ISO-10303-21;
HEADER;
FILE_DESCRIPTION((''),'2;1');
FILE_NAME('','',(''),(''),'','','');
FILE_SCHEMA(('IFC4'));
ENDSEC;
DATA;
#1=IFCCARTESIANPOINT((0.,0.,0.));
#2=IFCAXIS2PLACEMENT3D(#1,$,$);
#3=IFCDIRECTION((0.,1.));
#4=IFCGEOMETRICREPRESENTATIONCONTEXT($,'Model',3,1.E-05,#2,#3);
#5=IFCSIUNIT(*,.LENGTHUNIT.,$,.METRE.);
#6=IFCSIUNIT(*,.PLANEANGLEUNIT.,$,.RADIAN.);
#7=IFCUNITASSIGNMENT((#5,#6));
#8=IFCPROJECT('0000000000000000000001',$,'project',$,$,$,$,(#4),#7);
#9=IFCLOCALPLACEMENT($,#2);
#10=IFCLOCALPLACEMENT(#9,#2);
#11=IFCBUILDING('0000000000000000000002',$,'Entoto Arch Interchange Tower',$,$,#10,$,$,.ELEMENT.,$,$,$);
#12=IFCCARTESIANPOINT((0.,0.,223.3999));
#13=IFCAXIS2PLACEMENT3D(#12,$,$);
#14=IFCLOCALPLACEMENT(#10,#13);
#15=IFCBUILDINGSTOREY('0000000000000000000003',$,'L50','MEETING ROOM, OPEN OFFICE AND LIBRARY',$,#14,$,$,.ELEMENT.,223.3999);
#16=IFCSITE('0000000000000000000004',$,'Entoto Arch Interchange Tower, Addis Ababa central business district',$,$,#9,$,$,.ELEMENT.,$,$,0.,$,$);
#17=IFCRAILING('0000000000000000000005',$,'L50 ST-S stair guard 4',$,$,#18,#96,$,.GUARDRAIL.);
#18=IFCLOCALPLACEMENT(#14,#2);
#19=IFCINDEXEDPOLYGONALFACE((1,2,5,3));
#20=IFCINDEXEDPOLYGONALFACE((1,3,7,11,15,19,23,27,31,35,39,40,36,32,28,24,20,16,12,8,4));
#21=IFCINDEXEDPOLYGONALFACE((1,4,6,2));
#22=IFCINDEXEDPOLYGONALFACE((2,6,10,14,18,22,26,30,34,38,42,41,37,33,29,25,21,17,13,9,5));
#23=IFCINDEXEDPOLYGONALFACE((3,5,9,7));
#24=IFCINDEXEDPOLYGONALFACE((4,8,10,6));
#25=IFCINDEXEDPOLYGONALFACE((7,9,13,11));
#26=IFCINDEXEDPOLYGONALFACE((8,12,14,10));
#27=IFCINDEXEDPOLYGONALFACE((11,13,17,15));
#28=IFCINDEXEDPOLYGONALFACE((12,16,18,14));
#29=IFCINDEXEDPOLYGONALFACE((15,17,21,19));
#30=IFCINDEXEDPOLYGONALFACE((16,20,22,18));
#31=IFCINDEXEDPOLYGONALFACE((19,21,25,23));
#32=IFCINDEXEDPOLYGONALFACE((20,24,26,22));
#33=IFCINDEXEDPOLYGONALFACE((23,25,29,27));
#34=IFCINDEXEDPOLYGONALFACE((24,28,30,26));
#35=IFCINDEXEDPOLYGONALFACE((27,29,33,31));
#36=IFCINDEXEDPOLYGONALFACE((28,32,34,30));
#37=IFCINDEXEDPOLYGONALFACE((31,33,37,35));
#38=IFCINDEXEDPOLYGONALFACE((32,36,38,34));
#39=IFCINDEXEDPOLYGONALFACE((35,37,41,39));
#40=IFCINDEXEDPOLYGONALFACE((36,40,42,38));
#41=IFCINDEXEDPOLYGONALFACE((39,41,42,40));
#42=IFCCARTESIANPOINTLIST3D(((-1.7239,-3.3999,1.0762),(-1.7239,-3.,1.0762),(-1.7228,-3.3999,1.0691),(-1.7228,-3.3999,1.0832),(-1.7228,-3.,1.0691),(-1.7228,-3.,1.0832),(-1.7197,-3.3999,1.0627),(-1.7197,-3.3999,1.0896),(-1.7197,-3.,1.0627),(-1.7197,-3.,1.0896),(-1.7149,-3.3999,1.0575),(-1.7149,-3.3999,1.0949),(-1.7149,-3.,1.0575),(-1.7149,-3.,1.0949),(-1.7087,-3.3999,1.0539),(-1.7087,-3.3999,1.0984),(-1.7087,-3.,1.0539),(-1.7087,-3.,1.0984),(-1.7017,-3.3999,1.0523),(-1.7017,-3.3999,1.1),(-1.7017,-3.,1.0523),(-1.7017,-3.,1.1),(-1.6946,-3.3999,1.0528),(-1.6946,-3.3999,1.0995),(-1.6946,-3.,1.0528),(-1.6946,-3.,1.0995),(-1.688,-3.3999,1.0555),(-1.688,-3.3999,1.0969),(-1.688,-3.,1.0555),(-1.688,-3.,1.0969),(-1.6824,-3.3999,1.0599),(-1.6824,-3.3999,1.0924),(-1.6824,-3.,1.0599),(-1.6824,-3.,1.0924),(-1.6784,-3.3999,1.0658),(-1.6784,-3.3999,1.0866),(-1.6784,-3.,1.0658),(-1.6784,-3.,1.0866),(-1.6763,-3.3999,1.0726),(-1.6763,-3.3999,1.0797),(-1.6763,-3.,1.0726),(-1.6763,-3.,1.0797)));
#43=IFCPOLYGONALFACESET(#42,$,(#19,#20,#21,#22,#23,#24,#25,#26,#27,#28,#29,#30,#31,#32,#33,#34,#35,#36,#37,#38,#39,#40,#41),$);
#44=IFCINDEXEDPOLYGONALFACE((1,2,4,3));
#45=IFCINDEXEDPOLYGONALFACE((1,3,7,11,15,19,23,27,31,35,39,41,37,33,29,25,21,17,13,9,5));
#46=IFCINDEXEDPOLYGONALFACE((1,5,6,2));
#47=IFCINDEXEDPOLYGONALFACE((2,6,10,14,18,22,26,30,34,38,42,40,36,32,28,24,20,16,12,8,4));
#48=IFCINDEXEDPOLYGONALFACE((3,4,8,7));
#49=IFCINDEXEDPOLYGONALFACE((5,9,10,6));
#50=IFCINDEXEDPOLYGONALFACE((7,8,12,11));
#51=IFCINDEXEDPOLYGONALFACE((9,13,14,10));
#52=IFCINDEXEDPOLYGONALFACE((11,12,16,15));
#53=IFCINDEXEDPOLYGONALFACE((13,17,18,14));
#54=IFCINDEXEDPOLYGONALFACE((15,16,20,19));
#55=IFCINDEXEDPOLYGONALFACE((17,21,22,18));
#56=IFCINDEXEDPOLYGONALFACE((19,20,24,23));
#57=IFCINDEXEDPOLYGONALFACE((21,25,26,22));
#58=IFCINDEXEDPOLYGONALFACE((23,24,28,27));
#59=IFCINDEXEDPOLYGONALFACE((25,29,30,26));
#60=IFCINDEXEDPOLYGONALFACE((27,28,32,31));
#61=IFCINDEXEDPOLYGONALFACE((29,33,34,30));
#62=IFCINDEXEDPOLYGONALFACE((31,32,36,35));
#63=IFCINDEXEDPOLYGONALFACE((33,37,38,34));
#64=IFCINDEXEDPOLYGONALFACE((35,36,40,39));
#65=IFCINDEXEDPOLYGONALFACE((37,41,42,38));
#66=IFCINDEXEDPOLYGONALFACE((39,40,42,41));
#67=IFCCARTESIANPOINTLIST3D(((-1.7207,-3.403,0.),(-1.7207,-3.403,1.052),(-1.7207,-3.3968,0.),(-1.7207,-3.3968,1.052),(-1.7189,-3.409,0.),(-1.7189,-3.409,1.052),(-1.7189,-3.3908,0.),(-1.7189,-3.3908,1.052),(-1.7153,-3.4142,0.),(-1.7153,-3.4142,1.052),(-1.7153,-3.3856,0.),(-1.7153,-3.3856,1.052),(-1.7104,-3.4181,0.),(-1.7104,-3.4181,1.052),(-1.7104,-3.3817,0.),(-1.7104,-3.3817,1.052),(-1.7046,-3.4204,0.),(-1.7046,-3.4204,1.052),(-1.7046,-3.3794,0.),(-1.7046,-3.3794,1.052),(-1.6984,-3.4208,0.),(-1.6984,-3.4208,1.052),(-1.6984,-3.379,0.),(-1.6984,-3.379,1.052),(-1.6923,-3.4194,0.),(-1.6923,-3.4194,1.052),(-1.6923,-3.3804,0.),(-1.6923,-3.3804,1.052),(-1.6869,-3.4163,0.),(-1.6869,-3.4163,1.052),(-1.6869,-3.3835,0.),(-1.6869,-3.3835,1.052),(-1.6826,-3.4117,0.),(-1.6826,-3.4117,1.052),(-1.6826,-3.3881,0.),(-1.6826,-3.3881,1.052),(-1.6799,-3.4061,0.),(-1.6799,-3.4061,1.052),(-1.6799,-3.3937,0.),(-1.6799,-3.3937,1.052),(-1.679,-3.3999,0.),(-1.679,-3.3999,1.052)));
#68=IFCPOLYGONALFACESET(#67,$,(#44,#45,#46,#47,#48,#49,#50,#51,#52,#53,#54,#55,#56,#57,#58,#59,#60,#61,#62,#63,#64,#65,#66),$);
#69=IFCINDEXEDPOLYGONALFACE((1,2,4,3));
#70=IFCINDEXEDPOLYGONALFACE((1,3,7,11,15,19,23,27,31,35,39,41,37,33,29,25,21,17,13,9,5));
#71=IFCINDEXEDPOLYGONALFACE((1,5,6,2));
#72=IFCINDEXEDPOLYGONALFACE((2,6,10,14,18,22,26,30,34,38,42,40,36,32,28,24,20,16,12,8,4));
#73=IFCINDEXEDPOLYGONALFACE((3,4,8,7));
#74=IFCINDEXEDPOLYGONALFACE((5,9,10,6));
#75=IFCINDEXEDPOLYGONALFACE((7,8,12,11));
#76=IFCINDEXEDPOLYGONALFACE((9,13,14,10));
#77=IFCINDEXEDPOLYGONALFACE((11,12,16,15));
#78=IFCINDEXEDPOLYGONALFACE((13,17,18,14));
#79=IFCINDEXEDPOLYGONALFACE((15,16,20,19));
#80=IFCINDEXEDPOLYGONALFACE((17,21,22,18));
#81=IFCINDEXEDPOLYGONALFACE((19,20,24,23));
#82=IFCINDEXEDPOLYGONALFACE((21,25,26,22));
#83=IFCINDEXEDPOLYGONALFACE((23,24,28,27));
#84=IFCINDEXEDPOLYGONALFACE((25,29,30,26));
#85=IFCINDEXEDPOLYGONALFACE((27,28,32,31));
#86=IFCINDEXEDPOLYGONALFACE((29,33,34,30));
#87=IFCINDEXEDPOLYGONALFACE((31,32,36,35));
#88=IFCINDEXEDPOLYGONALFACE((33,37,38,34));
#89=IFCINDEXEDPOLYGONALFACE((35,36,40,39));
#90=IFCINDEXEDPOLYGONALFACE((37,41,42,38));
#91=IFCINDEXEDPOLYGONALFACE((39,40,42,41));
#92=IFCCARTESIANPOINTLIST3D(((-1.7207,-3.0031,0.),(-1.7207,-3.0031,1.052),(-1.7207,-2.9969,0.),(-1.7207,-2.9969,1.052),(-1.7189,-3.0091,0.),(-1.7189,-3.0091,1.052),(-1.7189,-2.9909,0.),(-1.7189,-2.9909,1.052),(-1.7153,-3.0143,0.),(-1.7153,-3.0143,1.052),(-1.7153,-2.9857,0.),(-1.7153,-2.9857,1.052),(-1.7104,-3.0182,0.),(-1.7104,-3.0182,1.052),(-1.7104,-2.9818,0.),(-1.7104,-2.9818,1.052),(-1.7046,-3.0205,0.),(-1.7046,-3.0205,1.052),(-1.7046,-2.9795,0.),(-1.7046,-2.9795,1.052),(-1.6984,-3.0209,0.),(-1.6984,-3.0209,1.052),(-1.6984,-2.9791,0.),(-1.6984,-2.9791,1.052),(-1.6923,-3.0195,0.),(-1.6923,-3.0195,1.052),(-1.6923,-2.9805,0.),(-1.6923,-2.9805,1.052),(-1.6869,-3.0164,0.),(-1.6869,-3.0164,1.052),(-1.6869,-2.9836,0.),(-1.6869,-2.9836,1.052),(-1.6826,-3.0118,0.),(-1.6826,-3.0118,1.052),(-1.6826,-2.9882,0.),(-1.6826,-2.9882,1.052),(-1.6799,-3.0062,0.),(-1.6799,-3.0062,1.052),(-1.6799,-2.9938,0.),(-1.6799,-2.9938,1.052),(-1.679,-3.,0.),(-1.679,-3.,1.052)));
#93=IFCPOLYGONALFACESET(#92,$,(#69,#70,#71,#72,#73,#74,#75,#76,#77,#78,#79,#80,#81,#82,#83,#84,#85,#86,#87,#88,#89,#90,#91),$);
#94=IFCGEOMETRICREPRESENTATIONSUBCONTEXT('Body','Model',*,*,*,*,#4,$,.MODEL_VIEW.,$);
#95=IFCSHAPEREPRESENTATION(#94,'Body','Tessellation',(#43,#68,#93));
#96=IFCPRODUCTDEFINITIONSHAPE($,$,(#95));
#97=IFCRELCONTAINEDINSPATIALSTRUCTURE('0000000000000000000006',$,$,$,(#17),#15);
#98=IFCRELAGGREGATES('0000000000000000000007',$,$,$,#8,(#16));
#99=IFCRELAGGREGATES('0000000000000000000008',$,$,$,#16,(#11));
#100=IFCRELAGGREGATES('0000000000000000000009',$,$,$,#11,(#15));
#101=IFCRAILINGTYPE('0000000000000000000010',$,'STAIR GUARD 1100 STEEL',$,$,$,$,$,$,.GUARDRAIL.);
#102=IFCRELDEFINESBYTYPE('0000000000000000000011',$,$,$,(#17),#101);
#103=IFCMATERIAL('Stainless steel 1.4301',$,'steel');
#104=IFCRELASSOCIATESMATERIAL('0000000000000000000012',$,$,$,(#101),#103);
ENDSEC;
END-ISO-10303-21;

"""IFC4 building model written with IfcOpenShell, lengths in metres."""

from ifc_helpers import new_model, si_unit, direction, frame, origin, origin_2d, place, context, subcontext, project, spatial, circle, extrude, material, type_object, element, save


model = new_model("IFC4")

# Units and contexts
model_context = context("Model", 3, precision=1e-05, world=origin(), true_north=direction((0.0, 1.0)))
body_context = subcontext(model_context, "Body", "Model", "MODEL_VIEW")
ifc_project = project(units=[si_unit("LENGTHUNIT", "METRE"), si_unit("PLANEANGLEUNIT", "RADIAN")], contexts=[model_context])

# Site, building, storey
site_placement = place(None, origin())
site = spatial("IfcSite", under=ifc_project, at=site_placement, Name="Entoto Arch Interchange Tower, Addis Ababa central business district", CompositionType="ELEMENT", RefElevation=0.0)
building_placement = place(site_placement, origin())
building = spatial("IfcBuilding", under=site, at=building_placement, Name="Entoto Arch Interchange Tower", CompositionType="ELEMENT")
storey_placement = place(building_placement, frame((0.0, 0.0, 223.3999)))
storey = spatial("IfcBuildingStorey", under=building, at=storey_placement, Name="L50", Description="MEETING ROOM, OPEN OFFICE AND LIBRARY", CompositionType="ELEMENT", Elevation=223.3999)

# Railing
ifc_material_1 = material(Name="Stainless steel 1.4301", Category="steel")
railing_type_1 = type_object("IfcRailingType", Name="STAIR GUARD 1100 STEEL", PredefinedType="GUARDRAIL", material=ifc_material_1)
railing_1_placement = place(storey_placement, frame((-1.7, -3.3999, 0.0)))
element("IfcRailing", 1, at=railing_1_placement, inside=storey, type_object=railing_type_1, Name="L50 ST-S stair guard 4", PredefinedType="GUARDRAIL", context=body_context, shape_type="SweptSolid", body=[
    extrude(circle(Radius=0.0239, at=origin_2d()), frame((0.0, 0.0, 1.0762), z_axis=(0.0, 1.0, 0.0), x_axis=(-1.0, 0.0, 0.0)), (0.0, 0.0, 1.0), 0.3999),
    extrude(circle(Radius=0.021, at=origin_2d()), origin(), (0.0, 0.0, 1.0), 1.052),
    extrude(circle(Radius=0.021, at=origin_2d()), frame((0.0, 0.3999, 0.0)), (0.0, 0.0, 1.0), 1.052),
])

save(model, "model.ifc")
